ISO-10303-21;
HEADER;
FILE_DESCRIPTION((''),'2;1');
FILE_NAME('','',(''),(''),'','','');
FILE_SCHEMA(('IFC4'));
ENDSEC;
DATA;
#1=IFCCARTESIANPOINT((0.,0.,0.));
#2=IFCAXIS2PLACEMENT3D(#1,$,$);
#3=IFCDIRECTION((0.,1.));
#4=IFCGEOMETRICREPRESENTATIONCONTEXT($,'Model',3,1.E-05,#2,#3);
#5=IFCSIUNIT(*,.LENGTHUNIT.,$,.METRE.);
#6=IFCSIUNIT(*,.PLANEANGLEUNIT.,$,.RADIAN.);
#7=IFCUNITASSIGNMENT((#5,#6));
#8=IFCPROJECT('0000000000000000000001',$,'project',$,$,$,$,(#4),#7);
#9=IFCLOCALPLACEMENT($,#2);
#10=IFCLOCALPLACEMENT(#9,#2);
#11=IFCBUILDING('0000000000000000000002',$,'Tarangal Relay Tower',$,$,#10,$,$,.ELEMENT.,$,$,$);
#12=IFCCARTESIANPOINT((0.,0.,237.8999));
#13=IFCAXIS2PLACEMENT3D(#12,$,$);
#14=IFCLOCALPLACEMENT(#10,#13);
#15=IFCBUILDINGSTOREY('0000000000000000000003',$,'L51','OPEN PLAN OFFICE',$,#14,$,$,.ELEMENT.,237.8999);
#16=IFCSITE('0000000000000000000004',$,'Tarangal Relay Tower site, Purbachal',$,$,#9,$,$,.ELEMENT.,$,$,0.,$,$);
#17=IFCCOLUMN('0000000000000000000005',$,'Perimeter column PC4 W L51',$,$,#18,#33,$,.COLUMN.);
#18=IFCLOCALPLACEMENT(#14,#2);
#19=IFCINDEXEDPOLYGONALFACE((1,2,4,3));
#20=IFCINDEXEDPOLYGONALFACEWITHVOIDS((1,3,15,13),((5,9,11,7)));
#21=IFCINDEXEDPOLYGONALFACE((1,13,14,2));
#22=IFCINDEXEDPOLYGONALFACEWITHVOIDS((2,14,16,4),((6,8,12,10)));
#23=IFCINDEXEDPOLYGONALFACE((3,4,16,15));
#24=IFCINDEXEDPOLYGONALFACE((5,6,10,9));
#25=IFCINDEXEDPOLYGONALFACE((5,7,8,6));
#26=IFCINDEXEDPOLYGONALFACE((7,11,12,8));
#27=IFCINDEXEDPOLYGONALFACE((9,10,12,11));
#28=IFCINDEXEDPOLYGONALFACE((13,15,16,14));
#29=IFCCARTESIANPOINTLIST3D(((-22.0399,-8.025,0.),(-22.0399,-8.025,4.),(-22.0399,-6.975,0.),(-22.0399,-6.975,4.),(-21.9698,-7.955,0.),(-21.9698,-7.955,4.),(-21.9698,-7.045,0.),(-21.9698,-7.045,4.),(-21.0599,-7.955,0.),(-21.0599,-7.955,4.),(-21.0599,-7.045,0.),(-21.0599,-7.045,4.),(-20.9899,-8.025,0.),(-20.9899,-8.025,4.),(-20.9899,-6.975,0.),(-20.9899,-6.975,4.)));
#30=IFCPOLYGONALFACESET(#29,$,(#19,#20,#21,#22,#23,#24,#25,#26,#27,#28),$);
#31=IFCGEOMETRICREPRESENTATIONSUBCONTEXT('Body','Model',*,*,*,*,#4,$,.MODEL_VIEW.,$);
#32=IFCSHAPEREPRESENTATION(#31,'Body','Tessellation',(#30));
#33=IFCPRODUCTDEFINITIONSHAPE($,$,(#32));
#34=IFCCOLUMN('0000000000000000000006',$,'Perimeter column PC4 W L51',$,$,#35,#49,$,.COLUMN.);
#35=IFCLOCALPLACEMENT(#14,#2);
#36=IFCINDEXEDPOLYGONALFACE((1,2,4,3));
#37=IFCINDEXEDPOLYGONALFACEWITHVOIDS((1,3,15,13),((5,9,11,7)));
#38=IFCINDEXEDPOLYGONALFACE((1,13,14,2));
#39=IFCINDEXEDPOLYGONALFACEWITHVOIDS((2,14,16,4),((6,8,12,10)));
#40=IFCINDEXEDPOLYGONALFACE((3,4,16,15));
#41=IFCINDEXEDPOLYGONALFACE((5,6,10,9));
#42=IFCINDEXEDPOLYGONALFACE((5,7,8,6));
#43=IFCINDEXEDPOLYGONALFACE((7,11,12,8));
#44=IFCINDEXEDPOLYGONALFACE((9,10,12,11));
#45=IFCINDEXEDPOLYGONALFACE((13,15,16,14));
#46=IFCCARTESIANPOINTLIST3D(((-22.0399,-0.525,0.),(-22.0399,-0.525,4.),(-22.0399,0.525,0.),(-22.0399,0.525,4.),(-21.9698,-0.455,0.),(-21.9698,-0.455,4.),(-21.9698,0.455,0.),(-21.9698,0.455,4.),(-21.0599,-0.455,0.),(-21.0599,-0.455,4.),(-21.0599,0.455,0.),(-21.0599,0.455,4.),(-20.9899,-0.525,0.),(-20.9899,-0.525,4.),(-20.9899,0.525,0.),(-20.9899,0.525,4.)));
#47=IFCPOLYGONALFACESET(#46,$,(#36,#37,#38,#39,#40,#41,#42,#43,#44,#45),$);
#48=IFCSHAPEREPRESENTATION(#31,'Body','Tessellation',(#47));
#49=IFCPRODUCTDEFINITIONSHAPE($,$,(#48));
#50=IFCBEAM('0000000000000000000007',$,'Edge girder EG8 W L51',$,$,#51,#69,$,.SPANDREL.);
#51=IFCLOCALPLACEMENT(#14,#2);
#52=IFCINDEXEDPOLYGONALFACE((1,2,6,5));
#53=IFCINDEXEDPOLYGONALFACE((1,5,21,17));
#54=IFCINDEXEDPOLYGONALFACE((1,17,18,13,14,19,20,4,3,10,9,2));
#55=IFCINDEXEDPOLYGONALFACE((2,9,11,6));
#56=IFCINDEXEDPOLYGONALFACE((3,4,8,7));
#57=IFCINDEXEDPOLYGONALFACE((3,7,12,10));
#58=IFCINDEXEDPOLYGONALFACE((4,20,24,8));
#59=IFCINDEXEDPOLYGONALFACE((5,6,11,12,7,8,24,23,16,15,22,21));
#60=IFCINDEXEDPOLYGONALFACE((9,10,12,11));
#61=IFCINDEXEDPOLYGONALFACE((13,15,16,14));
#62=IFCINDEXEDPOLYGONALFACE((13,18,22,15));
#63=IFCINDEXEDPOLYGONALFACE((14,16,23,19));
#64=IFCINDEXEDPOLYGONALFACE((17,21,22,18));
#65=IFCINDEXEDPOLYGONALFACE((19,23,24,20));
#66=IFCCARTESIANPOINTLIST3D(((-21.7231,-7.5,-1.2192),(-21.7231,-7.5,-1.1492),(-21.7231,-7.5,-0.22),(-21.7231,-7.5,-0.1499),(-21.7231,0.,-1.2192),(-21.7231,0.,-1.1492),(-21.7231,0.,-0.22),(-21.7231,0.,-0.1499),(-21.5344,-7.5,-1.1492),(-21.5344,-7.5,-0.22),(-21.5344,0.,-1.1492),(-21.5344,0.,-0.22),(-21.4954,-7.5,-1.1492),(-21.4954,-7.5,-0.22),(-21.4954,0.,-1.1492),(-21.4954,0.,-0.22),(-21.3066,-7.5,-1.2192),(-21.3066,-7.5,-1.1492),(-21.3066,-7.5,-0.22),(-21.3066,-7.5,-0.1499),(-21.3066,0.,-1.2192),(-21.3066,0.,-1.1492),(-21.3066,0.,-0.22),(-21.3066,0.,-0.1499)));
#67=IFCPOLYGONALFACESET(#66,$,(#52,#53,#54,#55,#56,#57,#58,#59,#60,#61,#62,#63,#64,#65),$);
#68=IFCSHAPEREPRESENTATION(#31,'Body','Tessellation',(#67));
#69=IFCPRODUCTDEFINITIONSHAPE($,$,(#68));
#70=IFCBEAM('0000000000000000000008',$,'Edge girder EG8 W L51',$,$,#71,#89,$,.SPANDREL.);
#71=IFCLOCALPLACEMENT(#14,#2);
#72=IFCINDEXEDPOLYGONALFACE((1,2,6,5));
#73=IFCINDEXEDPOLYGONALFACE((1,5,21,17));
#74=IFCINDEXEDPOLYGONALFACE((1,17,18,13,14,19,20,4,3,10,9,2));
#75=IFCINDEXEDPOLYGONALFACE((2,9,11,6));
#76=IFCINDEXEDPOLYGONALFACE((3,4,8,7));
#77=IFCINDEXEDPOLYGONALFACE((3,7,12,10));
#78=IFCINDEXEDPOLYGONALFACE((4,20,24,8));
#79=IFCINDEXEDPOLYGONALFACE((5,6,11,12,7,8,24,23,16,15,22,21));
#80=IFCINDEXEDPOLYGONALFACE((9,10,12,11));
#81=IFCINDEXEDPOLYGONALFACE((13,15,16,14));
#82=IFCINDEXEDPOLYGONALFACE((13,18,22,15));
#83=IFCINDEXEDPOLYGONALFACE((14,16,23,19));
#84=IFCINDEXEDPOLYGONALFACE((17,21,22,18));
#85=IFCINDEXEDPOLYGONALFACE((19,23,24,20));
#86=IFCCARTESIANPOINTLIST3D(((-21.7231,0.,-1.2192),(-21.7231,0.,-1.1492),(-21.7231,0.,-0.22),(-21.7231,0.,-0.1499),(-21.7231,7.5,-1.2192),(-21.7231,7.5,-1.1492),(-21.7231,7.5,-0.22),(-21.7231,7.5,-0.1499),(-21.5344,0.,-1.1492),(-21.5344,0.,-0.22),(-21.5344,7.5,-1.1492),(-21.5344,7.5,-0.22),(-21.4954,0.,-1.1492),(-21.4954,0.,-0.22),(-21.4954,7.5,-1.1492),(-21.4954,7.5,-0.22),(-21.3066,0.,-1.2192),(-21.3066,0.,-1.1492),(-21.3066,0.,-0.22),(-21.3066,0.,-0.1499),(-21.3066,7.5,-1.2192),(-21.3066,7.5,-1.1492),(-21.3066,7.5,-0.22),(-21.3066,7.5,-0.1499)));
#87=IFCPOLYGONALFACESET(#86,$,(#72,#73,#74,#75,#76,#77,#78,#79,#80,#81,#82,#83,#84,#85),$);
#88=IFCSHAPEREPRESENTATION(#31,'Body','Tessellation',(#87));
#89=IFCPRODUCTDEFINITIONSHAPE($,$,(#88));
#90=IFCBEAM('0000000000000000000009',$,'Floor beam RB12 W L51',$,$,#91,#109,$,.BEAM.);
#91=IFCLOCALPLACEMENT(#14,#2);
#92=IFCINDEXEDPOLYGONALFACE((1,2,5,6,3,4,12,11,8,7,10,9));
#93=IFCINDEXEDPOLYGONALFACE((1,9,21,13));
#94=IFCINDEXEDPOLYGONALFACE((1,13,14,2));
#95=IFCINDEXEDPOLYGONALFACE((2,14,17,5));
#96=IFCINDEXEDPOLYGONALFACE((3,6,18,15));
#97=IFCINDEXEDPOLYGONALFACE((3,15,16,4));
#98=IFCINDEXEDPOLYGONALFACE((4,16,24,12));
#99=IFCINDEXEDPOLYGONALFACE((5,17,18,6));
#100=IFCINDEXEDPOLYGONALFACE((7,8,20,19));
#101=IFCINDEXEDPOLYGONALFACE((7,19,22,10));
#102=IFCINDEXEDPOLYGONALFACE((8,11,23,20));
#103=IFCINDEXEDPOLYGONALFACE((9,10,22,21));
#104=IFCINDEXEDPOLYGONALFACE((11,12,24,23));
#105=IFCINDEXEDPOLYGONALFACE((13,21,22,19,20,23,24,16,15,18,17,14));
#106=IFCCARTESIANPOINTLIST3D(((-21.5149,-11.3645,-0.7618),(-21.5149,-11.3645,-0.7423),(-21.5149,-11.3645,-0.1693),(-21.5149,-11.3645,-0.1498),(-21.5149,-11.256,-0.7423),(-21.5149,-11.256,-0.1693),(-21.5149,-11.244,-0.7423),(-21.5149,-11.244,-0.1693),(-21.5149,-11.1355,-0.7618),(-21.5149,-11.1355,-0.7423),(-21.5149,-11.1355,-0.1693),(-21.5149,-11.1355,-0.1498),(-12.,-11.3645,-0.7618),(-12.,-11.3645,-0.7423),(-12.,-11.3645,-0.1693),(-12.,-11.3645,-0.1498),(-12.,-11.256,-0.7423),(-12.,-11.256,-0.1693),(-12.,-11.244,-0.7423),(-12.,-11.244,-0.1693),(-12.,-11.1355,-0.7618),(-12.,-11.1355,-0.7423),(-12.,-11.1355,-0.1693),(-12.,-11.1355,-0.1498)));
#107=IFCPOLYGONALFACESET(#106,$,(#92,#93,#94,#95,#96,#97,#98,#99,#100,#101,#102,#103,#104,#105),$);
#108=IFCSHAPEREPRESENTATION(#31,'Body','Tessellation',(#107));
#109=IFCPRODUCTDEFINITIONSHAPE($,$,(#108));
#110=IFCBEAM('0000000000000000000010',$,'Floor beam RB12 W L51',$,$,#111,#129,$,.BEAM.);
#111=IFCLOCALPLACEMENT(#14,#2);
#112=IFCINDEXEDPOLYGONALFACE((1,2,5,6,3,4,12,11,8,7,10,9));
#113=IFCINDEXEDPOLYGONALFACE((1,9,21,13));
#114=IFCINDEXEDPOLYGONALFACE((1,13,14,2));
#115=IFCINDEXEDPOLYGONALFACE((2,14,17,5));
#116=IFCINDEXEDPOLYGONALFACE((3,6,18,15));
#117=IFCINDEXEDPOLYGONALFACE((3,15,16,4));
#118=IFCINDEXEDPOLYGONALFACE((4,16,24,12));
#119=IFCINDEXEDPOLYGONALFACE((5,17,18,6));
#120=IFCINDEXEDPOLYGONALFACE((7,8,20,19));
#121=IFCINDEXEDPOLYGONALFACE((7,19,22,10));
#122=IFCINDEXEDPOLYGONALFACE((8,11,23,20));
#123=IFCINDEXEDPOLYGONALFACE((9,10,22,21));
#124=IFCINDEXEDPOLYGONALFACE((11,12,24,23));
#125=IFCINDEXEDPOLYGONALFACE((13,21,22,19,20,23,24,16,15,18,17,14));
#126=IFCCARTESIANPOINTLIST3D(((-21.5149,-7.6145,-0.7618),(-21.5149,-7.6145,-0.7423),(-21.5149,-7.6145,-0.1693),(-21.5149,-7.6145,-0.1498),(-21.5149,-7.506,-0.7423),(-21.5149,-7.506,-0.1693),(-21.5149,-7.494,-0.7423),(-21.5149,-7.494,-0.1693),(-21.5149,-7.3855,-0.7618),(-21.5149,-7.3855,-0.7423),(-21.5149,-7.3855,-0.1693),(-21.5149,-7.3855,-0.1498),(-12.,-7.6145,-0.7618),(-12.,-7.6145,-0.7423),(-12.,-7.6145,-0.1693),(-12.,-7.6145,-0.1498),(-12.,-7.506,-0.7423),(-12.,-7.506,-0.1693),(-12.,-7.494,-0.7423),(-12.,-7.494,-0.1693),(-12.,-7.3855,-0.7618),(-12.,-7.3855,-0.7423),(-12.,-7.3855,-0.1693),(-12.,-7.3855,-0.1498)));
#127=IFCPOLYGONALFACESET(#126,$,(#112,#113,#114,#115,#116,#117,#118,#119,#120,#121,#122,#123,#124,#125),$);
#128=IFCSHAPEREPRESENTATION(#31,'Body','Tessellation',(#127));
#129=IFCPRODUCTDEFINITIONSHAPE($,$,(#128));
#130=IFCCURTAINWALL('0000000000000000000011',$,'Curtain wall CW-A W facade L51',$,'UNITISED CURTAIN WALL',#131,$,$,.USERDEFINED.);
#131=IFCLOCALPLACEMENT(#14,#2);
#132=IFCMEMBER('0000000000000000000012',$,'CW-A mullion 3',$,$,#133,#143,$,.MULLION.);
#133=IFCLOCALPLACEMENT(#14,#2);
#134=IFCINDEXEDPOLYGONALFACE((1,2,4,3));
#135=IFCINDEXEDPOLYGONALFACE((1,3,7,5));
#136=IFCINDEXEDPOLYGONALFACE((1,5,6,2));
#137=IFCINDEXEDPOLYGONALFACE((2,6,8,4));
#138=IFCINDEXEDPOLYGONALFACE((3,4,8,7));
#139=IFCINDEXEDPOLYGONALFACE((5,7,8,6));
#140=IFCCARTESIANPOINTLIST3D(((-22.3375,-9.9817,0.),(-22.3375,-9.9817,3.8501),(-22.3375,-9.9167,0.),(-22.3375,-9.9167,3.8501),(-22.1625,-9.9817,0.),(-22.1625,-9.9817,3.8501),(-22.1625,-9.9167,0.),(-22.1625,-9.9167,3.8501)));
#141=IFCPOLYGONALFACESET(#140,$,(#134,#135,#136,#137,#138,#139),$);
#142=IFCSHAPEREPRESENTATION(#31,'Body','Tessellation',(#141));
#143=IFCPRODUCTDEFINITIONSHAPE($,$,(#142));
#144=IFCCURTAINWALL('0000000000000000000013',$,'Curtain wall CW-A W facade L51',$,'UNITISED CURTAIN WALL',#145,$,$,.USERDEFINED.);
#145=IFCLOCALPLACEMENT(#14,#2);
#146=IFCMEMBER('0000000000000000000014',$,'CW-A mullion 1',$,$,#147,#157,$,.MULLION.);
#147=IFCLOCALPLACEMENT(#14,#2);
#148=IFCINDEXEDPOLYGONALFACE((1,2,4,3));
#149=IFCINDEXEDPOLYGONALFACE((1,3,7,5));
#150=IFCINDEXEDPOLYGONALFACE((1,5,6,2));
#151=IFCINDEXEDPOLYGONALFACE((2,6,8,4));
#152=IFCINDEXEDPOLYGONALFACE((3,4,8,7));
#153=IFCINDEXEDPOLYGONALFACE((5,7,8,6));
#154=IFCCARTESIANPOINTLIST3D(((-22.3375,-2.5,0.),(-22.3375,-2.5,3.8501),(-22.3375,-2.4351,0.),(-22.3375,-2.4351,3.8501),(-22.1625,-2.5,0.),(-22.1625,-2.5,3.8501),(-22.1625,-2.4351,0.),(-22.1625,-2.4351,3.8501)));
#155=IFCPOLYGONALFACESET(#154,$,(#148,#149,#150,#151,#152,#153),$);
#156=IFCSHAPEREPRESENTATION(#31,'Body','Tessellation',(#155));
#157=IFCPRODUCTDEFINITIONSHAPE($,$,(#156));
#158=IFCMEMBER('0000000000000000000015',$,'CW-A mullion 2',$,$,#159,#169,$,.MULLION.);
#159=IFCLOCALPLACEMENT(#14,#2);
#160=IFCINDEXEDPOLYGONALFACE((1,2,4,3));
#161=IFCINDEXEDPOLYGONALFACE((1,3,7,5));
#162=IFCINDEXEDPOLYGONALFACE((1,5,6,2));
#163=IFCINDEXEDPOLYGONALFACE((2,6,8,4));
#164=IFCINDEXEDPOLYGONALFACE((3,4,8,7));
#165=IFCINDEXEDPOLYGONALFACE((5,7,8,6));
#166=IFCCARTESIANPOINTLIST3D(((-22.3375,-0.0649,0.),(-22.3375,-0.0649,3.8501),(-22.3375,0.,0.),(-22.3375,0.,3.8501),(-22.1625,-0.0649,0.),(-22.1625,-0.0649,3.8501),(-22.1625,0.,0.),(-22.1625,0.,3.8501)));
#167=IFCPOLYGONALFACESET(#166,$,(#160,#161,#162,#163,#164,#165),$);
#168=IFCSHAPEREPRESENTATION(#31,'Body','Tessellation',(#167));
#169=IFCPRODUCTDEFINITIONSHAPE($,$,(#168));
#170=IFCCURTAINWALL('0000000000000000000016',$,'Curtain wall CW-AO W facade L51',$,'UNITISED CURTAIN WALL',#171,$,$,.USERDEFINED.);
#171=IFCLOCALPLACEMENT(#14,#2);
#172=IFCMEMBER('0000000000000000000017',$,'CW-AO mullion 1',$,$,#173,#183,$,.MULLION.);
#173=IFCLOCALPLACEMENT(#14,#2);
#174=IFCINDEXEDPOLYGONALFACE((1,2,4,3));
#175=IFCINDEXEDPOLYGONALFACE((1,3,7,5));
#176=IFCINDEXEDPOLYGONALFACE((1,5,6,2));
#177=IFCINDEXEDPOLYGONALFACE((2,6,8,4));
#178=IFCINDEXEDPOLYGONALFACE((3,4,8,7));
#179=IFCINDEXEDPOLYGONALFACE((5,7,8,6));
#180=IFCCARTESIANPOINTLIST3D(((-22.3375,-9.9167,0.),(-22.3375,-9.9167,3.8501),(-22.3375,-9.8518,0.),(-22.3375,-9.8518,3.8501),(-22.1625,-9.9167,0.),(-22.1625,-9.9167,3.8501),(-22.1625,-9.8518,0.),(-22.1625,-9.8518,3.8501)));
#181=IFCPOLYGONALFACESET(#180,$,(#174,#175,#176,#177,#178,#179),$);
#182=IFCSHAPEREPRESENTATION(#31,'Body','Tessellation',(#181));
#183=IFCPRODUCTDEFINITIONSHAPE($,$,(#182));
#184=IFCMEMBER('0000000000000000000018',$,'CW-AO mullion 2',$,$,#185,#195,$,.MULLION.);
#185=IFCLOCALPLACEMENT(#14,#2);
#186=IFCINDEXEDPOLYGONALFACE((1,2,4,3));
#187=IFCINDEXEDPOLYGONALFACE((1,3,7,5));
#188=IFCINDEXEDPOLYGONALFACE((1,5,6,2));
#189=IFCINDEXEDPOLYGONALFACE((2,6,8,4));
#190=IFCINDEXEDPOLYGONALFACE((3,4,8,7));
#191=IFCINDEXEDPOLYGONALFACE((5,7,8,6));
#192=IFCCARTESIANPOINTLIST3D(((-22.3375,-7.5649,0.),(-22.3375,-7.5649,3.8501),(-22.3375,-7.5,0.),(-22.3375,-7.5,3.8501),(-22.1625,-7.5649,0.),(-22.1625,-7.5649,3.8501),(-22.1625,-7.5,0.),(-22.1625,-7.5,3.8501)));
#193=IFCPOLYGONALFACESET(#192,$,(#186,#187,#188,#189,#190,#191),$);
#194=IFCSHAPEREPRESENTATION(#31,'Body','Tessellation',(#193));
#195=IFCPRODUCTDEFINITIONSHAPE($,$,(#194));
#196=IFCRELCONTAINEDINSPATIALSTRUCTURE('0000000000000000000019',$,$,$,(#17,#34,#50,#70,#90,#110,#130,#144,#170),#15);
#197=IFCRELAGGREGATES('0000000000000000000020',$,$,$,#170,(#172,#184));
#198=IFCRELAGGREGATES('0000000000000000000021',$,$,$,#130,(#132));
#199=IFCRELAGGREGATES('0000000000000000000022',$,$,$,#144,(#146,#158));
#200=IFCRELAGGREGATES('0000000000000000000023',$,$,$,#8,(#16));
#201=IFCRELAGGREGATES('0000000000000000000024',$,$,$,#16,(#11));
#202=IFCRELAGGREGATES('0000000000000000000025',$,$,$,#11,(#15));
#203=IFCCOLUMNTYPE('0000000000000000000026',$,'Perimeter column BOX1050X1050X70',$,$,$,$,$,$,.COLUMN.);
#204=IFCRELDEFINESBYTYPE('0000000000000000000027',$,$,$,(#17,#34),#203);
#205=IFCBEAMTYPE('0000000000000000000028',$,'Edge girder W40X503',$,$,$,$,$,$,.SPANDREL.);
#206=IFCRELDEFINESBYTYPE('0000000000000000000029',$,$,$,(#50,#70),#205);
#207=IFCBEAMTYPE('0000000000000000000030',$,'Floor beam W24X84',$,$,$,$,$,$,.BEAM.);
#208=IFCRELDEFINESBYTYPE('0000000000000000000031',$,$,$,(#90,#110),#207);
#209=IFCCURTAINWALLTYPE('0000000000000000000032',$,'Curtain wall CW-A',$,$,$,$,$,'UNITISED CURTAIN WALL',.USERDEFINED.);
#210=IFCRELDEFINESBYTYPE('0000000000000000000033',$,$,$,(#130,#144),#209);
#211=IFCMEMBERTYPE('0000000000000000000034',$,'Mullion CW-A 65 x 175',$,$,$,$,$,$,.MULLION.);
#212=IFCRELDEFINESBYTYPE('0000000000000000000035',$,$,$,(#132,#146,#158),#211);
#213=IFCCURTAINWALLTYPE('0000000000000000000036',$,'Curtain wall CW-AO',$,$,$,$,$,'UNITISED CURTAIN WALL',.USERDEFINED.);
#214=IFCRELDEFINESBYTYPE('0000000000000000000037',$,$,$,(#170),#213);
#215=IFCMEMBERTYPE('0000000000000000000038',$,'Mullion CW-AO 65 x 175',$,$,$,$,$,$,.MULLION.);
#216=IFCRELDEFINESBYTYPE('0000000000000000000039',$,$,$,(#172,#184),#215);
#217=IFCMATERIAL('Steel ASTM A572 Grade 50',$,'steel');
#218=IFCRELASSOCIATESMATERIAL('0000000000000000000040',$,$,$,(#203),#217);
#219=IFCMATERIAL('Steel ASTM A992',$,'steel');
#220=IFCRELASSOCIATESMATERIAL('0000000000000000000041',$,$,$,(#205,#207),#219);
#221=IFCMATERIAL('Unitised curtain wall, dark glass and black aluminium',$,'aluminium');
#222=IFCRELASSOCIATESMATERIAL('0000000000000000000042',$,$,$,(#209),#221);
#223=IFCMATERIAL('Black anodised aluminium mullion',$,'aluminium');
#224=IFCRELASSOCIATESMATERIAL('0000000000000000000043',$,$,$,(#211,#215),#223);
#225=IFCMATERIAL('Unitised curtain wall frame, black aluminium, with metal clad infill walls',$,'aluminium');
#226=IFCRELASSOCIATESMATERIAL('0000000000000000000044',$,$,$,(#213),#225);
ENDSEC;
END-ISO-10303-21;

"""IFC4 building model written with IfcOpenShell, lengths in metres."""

from ifc_helpers import new_model, si_unit, direction, frame, origin, origin_2d, place, context, subcontext, project, spatial, rectangle, hollow_rectangle, i_section, extrude, material, material_profile, profile_set, type_object, element, aggregate, save


model = new_model("IFC4")

# Units and contexts
model_context = context("Model", 3, precision=1e-05, world=origin(), true_north=direction((0.0, 1.0)))
body_context = subcontext(model_context, "Body", "Model", "MODEL_VIEW")
ifc_project = project(units=[si_unit("LENGTHUNIT", "METRE"), si_unit("PLANEANGLEUNIT", "RADIAN")], contexts=[model_context])

# Site, building, storey
site_placement = place(None, origin())
site = spatial("IfcSite", under=ifc_project, at=site_placement, Name="Tarangal Relay Tower site, Purbachal", CompositionType="ELEMENT", RefElevation=0.0)
building_placement = place(site_placement, origin())
building = spatial("IfcBuilding", under=site, at=building_placement, Name="Tarangal Relay Tower", CompositionType="ELEMENT")
storey_placement = place(building_placement, frame((0.0, 0.0, 237.8999)))
storey = spatial("IfcBuildingStorey", under=building, at=storey_placement, Name="L51", Description="OPEN PLAN OFFICE", CompositionType="ELEMENT", Elevation=237.8999)

# Columns
ifc_material_1 = material(Name="Steel ASTM A572 Grade 50", Category="steel")
ifc_material_profile_1 = material_profile(ifc_material_1, hollow_rectangle(XDim=1.05, YDim=1.05, WallThickness=0.0701, at=origin_2d()), Name="BOX1050X1050X70")
ifc_profile_set_1 = profile_set([ifc_material_profile_1], Name="Steel ASTM A572 Grade 50")
column_type = type_object("IfcColumnType", Name="Perimeter column BOX1050X1050X70", PredefinedType="COLUMN", material=ifc_profile_set_1)
for number, where, z_axis, x_axis, name in (
    (1, (-21.5149, -7.5, 0.0), (0.0, 0.0, 1.0), (1.0, 0.0, 0.0), "Perimeter column PC4 W L51"),
    (2, (-21.5149, 0.0, 0.0), (0.0, 0.0, 1.0), (1.0, 0.0, 0.0), "Perimeter column PC4 W L51"),
):
    element("IfcColumn", number, at=place(storey_placement, frame(where, z_axis=z_axis, x_axis=x_axis)), inside=storey, type_object=column_type, Name=name, PredefinedType="COLUMN", context=body_context, shape_type="SweptSolid", body=[
        extrude(hollow_rectangle(XDim=1.05, YDim=1.05, WallThickness=0.0701, at=origin_2d()), origin(), (0.0, 0.0, 1.0), 4.0),
    ])

# Beams
ifc_material_2 = material(Name="Steel ASTM A992", Category="steel")
ifc_material_profile_2 = material_profile(ifc_material_2, i_section(OverallWidth=0.4165, OverallDepth=1.0693, WebThickness=0.0391, FlangeThickness=0.0701, at=origin_2d()), Name="W40X503")
ifc_profile_set_2 = profile_set([ifc_material_profile_2], Name="Steel ASTM A992")
beam_type_1 = type_object("IfcBeamType", Name="Edge girder W40X503", PredefinedType="SPANDREL", material=ifc_profile_set_2)
for number, where, z_axis, x_axis, name in (
    (3, (-21.5149, -7.5, -0.6846), (0.0, 1.0, 0.0), (-1.0, 0.0, 0.0), "Edge girder EG8 W L51"),
    (4, (-21.5149, 0.0, -0.6846), (0.0, 1.0, 0.0), (-1.0, 0.0, 0.0), "Edge girder EG8 W L51"),
):
    element("IfcBeam", number, at=place(storey_placement, frame(where, z_axis=z_axis, x_axis=x_axis)), inside=storey, type_object=beam_type_1, Name=name, PredefinedType="SPANDREL", context=body_context, shape_type="SweptSolid", body=[
        extrude(i_section(OverallWidth=0.4165, OverallDepth=1.0693, WebThickness=0.0391, FlangeThickness=0.0701, at=origin_2d()), origin(), (0.0, 0.0, 1.0), 7.5),
    ])
ifc_material_profile_3 = material_profile(ifc_material_2, i_section(OverallWidth=0.229, OverallDepth=0.6121, WebThickness=0.012, FlangeThickness=0.0195, at=origin_2d()), Name="W24X84")
ifc_profile_set_3 = profile_set([ifc_material_profile_3], Name="Steel ASTM A992")
beam_type_2 = type_object("IfcBeamType", Name="Floor beam W24X84", PredefinedType="BEAM", material=ifc_profile_set_3)
for number, where, z_axis, x_axis, name in (
    (5, (-12.0, -11.25, -0.4558), (-1.0, 0.0, 0.0), (0.0, -1.0, 0.0), "Floor beam RB12 W L51"),
    (6, (-12.0, -7.5, -0.4558), (-1.0, 0.0, 0.0), (0.0, -1.0, 0.0), "Floor beam RB12 W L51"),
):
    element("IfcBeam", number, at=place(storey_placement, frame(where, z_axis=z_axis, x_axis=x_axis)), inside=storey, type_object=beam_type_2, Name=name, PredefinedType="BEAM", context=body_context, shape_type="SweptSolid", body=[
        extrude(i_section(OverallWidth=0.229, OverallDepth=0.6121, WebThickness=0.012, FlangeThickness=0.0195, at=origin_2d()), origin(), (0.0, 0.0, 1.0), 9.5149),
    ])

# Curtain wall, member
ifc_material_3 = material(Name="Unitised curtain wall, dark glass and black aluminium", Category="aluminium")
curtain_wall_type_1 = type_object("IfcCurtainWallType", Name="Curtain wall CW-A", ElementType="UNITISED CURTAIN WALL", PredefinedType="USERDEFINED", material=ifc_material_3)
curtain_wall_1_placement = place(storey_placement, origin())
curtain_wall_1 = element("IfcCurtainWall", 7, at=curtain_wall_1_placement, inside=storey, type_object=curtain_wall_type_1, Name="Curtain wall CW-A W facade L51", ObjectType="UNITISED CURTAIN WALL", PredefinedType="USERDEFINED")
ifc_material_4 = material(Name="Black anodised aluminium mullion", Category="aluminium")
ifc_material_profile_4 = material_profile(ifc_material_4, rectangle(XDim=0.175, YDim=0.0649, at=origin_2d()), Name="CW-AM 65X175")
ifc_profile_set_4 = profile_set([ifc_material_profile_4], Name="Black anodised aluminium mullion")
member_type_1 = type_object("IfcMemberType", Name="Mullion CW-A 65 x 175", PredefinedType="MULLION", material=ifc_profile_set_4)
member_1_placement = place(storey_placement, frame((-22.25, -9.9492, 0.0), z_axis=(0.0, 0.0, 1.0), x_axis=(-1.0, 0.0, 0.0)))
member_1 = element("IfcMember", 8, at=member_1_placement, type_object=member_type_1, Name="CW-A mullion 3", PredefinedType="MULLION", context=body_context, shape_type="SweptSolid", body=[
    extrude(rectangle(XDim=0.175, YDim=0.0649, at=origin_2d()), origin(), (0.0, 0.0, 1.0), 3.8501),
])

# Curtain walls, members
curtain_wall_2_placement = place(storey_placement, origin())
curtain_wall_2 = element("IfcCurtainWall", 9, at=curtain_wall_2_placement, inside=storey, type_object=curtain_wall_type_1, Name="Curtain wall CW-A W facade L51", ObjectType="UNITISED CURTAIN WALL", PredefinedType="USERDEFINED")
member_2_placement = place(storey_placement, frame((-22.25, -2.4675, 0.0), z_axis=(0.0, 0.0, 1.0), x_axis=(-1.0, 0.0, 0.0)))
member_2 = element("IfcMember", 10, at=member_2_placement, type_object=member_type_1, Name="CW-A mullion 1", PredefinedType="MULLION", context=body_context, shape_type="SweptSolid", body=[
    extrude(rectangle(XDim=0.175, YDim=0.0649, at=origin_2d()), origin(), (0.0, 0.0, 1.0), 3.8501),
])
member_3_placement = place(storey_placement, frame((-22.25, -0.0325, 0.0), z_axis=(0.0, 0.0, 1.0), x_axis=(-1.0, 0.0, 0.0)))
member_3 = element("IfcMember", 11, at=member_3_placement, type_object=member_type_1, Name="CW-A mullion 2", PredefinedType="MULLION", context=body_context, shape_type="SweptSolid", body=[
    extrude(rectangle(XDim=0.175, YDim=0.0649, at=origin_2d()), origin(), (0.0, 0.0, 1.0), 3.8501),
])
ifc_material_5 = material(Name="Unitised curtain wall frame, black aluminium, with metal clad infill walls", Category="aluminium")
curtain_wall_type_2 = type_object("IfcCurtainWallType", Name="Curtain wall CW-AO", ElementType="UNITISED CURTAIN WALL", PredefinedType="USERDEFINED", material=ifc_material_5)
curtain_wall_3_placement = place(storey_placement, origin())
curtain_wall_3 = element("IfcCurtainWall", 12, at=curtain_wall_3_placement, inside=storey, type_object=curtain_wall_type_2, Name="Curtain wall CW-AO W facade L51", ObjectType="UNITISED CURTAIN WALL", PredefinedType="USERDEFINED")
ifc_material_profile_5 = material_profile(ifc_material_4, rectangle(XDim=0.175, YDim=0.0649, at=origin_2d()), Name="CW-AOM 65X175")
ifc_profile_set_5 = profile_set([ifc_material_profile_5], Name="Black anodised aluminium mullion")
member_type_2 = type_object("IfcMemberType", Name="Mullion CW-AO 65 x 175", PredefinedType="MULLION", material=ifc_profile_set_5)
member_4_placement = place(storey_placement, frame((-22.25, -9.8843, 0.0), z_axis=(0.0, 0.0, 1.0), x_axis=(-1.0, 0.0, 0.0)))
member_4 = element("IfcMember", 13, at=member_4_placement, type_object=member_type_2, Name="CW-AO mullion 1", PredefinedType="MULLION", context=body_context, shape_type="SweptSolid", body=[
    extrude(rectangle(XDim=0.175, YDim=0.0649, at=origin_2d()), origin(), (0.0, 0.0, 1.0), 3.8501),
])
member_5_placement = place(storey_placement, frame((-22.25, -7.5325, 0.0), z_axis=(0.0, 0.0, 1.0), x_axis=(-1.0, 0.0, 0.0)))
member_5 = element("IfcMember", 14, at=member_5_placement, type_object=member_type_2, Name="CW-AO mullion 2", PredefinedType="MULLION", context=body_context, shape_type="SweptSolid", body=[
    extrude(rectangle(XDim=0.175, YDim=0.0649, at=origin_2d()), origin(), (0.0, 0.0, 1.0), 3.8501),
])

aggregate(curtain_wall_3, [member_4, member_5])

aggregate(curtain_wall_1, [member_1])
aggregate(curtain_wall_2, [member_2, member_3])

save(model, "model.ifc")
